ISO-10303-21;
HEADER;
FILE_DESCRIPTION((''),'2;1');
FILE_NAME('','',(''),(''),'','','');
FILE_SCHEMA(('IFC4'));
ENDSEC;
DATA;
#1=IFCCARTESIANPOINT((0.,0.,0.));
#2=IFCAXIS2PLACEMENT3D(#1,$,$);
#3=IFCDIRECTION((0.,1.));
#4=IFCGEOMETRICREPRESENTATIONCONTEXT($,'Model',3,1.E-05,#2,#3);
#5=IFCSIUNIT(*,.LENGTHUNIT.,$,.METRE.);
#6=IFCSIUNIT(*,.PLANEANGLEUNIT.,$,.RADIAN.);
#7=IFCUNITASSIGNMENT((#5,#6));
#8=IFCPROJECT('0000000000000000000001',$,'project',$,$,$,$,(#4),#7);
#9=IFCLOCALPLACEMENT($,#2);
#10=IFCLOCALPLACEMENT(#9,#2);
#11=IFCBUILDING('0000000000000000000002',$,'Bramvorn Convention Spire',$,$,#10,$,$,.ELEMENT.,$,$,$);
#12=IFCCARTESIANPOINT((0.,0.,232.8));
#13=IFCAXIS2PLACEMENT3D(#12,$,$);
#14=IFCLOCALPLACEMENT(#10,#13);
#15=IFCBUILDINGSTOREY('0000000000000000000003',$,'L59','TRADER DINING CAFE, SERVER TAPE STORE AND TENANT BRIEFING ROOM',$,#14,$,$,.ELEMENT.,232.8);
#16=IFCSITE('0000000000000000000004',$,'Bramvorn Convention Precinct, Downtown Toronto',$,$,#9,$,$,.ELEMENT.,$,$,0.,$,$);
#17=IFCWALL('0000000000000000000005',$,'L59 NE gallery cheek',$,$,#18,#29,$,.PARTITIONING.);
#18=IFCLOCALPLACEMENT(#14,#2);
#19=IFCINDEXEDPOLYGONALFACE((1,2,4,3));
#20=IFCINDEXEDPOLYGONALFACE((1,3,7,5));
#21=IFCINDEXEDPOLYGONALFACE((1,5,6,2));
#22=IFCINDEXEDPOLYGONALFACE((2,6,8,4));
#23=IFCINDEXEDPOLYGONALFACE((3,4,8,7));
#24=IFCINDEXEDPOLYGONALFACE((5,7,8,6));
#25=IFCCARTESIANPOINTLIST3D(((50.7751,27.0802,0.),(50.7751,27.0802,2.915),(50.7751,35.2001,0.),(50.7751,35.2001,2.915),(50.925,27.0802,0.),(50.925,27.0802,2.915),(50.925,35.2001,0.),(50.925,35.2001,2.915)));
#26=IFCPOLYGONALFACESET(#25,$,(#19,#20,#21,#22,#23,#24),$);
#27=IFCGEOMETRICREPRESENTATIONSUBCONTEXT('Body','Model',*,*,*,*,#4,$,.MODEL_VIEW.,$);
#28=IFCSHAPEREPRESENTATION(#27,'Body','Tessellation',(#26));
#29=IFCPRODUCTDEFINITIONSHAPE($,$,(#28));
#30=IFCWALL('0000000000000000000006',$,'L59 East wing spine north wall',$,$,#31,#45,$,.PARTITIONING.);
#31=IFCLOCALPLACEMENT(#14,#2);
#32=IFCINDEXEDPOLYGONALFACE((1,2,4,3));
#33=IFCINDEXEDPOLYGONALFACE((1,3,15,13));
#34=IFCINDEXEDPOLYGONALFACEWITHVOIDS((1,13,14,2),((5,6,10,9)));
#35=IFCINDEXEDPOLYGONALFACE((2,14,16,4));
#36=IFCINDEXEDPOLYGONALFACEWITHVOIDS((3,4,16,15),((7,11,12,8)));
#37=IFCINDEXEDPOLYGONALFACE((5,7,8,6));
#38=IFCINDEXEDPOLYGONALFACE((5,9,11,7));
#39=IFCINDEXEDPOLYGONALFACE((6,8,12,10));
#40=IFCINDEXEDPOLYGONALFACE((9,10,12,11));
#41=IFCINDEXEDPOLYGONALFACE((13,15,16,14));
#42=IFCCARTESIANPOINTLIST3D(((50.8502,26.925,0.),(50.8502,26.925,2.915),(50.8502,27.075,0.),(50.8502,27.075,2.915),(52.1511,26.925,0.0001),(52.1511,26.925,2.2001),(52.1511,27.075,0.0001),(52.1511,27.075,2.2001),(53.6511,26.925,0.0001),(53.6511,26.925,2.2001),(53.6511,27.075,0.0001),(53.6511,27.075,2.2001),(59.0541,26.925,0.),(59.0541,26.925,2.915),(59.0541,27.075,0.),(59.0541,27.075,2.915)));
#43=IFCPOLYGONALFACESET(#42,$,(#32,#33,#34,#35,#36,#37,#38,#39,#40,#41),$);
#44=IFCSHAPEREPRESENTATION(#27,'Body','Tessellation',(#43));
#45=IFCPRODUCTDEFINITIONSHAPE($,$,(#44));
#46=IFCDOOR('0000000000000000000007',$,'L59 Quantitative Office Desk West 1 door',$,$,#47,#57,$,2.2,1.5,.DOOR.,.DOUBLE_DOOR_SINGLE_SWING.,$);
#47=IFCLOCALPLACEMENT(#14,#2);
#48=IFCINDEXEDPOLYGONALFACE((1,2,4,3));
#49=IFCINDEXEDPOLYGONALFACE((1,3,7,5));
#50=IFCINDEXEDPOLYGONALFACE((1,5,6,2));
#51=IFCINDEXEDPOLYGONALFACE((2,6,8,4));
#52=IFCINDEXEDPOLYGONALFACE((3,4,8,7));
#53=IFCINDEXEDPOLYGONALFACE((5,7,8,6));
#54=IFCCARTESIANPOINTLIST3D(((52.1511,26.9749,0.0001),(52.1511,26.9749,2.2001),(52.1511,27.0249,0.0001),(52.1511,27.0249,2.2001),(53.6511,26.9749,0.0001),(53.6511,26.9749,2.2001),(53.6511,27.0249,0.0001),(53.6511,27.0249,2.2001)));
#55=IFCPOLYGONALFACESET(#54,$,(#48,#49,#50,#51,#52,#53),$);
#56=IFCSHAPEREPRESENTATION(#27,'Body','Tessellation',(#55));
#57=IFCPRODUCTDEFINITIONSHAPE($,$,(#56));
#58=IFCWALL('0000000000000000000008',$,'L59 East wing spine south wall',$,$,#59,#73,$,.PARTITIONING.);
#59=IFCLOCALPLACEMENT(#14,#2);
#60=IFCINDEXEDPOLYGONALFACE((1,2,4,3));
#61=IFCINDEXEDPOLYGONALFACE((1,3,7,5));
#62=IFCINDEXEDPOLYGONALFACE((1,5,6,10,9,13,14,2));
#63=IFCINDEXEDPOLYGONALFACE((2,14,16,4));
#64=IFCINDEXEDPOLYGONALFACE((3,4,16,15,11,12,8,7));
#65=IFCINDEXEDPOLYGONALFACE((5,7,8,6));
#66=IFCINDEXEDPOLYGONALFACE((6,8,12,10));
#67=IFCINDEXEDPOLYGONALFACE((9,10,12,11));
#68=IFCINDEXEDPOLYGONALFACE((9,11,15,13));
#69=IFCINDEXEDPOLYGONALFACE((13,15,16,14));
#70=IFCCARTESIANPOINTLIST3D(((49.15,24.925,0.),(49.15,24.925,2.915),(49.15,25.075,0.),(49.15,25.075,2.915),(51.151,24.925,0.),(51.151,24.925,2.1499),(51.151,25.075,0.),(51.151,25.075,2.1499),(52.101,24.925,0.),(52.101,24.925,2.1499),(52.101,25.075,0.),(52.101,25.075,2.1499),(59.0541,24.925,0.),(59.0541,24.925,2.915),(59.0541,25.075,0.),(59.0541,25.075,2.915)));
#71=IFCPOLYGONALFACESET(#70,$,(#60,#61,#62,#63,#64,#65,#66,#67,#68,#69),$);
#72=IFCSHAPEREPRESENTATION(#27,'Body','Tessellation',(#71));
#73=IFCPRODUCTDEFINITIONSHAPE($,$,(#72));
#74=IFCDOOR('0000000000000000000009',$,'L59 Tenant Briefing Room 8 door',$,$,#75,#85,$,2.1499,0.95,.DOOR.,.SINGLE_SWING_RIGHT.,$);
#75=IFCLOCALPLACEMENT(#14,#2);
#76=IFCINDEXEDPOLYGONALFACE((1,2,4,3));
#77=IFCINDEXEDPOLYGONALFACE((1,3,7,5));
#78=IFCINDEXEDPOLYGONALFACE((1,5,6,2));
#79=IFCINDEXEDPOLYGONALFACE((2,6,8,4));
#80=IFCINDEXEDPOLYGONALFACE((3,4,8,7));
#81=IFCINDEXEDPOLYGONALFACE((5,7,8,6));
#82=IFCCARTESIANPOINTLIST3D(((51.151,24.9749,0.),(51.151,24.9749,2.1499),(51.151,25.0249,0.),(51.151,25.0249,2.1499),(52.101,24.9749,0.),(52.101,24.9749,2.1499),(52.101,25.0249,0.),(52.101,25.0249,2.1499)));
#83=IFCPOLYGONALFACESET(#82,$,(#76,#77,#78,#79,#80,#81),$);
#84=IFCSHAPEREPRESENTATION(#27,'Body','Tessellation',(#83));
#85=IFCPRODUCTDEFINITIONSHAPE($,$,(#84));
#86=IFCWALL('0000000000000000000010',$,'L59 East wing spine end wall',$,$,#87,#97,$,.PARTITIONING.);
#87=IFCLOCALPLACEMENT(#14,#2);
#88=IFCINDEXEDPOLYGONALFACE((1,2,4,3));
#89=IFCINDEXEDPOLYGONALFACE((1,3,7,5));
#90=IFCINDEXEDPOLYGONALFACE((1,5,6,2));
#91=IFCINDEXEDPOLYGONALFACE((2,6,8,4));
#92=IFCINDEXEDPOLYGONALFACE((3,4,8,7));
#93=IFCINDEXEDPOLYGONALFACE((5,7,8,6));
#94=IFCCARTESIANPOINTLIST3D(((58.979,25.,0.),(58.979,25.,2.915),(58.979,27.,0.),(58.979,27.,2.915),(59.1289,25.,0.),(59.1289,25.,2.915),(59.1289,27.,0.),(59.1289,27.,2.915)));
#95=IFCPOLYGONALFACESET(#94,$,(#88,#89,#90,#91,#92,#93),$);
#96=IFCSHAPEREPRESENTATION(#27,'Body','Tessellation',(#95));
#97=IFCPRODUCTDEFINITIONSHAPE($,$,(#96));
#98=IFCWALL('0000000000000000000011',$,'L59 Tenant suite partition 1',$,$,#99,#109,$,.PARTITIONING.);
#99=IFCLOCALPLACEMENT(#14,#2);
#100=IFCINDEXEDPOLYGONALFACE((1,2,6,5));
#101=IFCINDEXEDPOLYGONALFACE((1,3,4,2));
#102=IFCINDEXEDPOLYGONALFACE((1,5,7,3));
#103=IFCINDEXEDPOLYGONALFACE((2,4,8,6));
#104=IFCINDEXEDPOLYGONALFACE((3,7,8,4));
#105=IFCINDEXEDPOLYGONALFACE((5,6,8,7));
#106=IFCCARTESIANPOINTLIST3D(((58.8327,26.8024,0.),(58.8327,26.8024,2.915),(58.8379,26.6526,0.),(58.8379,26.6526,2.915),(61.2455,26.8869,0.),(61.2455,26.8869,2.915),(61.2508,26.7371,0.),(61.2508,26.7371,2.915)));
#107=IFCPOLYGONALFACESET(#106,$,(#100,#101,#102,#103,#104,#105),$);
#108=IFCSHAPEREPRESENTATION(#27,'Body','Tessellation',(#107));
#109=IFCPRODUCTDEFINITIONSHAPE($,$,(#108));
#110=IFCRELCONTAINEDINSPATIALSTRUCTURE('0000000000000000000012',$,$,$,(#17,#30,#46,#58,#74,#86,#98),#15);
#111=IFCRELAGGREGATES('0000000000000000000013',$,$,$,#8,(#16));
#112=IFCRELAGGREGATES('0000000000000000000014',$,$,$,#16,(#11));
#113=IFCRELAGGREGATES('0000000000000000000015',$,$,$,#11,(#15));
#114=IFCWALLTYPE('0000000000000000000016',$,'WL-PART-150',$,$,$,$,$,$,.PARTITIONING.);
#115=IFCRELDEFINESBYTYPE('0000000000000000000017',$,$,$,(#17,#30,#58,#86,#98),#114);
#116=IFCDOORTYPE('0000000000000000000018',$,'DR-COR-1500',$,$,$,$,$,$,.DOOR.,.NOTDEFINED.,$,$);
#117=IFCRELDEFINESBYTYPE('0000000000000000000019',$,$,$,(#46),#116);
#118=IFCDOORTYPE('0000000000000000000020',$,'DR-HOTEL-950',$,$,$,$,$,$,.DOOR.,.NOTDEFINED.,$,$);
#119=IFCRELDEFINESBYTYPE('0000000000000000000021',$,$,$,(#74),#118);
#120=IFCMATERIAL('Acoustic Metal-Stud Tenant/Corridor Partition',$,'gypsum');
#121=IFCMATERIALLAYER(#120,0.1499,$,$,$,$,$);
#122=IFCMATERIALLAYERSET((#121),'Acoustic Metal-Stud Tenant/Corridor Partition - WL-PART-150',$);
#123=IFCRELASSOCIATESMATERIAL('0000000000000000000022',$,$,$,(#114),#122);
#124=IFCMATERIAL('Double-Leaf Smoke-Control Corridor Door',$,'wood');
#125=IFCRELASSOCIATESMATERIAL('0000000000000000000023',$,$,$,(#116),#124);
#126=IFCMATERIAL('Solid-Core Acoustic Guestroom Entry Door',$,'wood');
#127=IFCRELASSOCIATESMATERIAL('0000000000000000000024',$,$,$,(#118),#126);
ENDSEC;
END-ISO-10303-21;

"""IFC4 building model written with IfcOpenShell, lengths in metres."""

from ifc_helpers import new_model, si_unit, direction, frame, frame_2d, origin, place, context, subcontext, project, spatial, rectangle, extrude, material, layer, layer_set, type_object, element, fill, save


model = new_model("IFC4")

# Units and contexts
model_context = context("Model", 3, precision=1e-05, world=origin(), true_north=direction((0.0, 1.0)))
body_context = subcontext(model_context, "Body", "Model", "MODEL_VIEW")
ifc_project = project(units=[si_unit("LENGTHUNIT", "METRE"), si_unit("PLANEANGLEUNIT", "RADIAN")], contexts=[model_context])

# Site, building, storey
site_placement = place(None, origin())
site = spatial("IfcSite", under=ifc_project, at=site_placement, Name="Bramvorn Convention Precinct, Downtown Toronto", CompositionType="ELEMENT", RefElevation=0.0)
building_placement = place(site_placement, origin())
building = spatial("IfcBuilding", under=site, at=building_placement, Name="Bramvorn Convention Spire", CompositionType="ELEMENT")
storey_placement = place(building_placement, frame((0.0, 0.0, 232.8)))
storey = spatial("IfcBuildingStorey", under=building, at=storey_placement, Name="L59", Description="TRADER DINING CAFE, SERVER TAPE STORE AND TENANT BRIEFING ROOM", CompositionType="ELEMENT", Elevation=232.8)

# Wall
ifc_material_1 = material(Name="Acoustic Metal-Stud Tenant/Corridor Partition", Category="gypsum")
ifc_layer_1 = layer(ifc_material_1, 0.1499)
ifc_layer_set_1 = layer_set([ifc_layer_1], Name="Acoustic Metal-Stud Tenant/Corridor Partition - WL-PART-150")
wall_type = type_object("IfcWallType", Name="WL-PART-150", PredefinedType="PARTITIONING", material=ifc_layer_set_1)
wall_1_placement = place(storey_placement, frame((50.8501, 27.0801, 0.0), z_axis=(0.0, 0.0, 1.0), x_axis=(0.0, 1.0, 0.0)))
element("IfcWall", 1, at=wall_1_placement, inside=storey, type_object=wall_type, Name="L59 NE gallery cheek", PredefinedType="PARTITIONING", context=body_context, shape_type="SweptSolid", body=[
    extrude(rectangle(XDim=8.1199, YDim=0.1499, at=frame_2d((4.0601, 0.0))), origin(), (0.0, 0.0, 1.0), 2.915),
])

# Walls, openings, doors
wall_2_placement = place(storey_placement, frame((50.8501, 27.0, 0.0), z_axis=(0.0, 0.0, 1.0), x_axis=(1.0, 0.0, 0.0)))
wall_2 = element("IfcWall", 2, at=wall_2_placement, inside=storey, type_object=wall_type, Name="L59 East wing spine north wall", PredefinedType="PARTITIONING", context=body_context, shape_type="SweptSolid", body=[
    extrude(rectangle(XDim=8.2039, YDim=0.1499, at=frame_2d((4.1021, 0.0))), origin(), (0.0, 0.0, 1.0), 2.915),
])
opening_1_placement = place(wall_2_placement, frame((1.301, 0.0, 0.0)))
opening_1 = element("IfcOpeningElement", 3, at=opening_1_placement, cuts=wall_2, PredefinedType="OPENING", context=body_context, shape_type="SweptSolid", body=[
    extrude(rectangle(XDim=1.5, YDim=2.2, at=frame_2d((0.75, 1.1001))), frame((0.0, 0.085, 0.0), z_axis=(0.0, -1.0, 0.0), x_axis=(1.0, 0.0, 0.0)), (0.0, 0.0, 1.0), 0.1699),
])
ifc_material_2 = material(Name="Double-Leaf Smoke-Control Corridor Door", Category="wood")
door_type_1 = type_object("IfcDoorType", Name="DR-COR-1500", OperationType="NOTDEFINED", PredefinedType="DOOR", material=ifc_material_2)
door_1_placement = place(opening_1_placement, origin())
door_1 = element("IfcDoor", 4, at=door_1_placement, inside=storey, type_object=door_type_1, Name="L59 Quantitative Office Desk West 1 door", OperationType="DOUBLE_DOOR_SINGLE_SWING", OverallHeight=2.2, OverallWidth=1.5, PredefinedType="DOOR", context=body_context, shape_type="SweptSolid", body=[
    extrude(rectangle(XDim=1.5, YDim=2.2, at=frame_2d((0.75, 1.1001))), frame((0.0, 0.0249, 0.0), z_axis=(0.0, -1.0, 0.0), x_axis=(1.0, 0.0, 0.0)), (0.0, 0.0, 1.0), 0.05),
])
fill(opening_1, door_1)
wall_3_placement = place(storey_placement, frame((49.1499, 25.0, 0.0), z_axis=(0.0, 0.0, 1.0), x_axis=(1.0, 0.0, 0.0)))
wall_3 = element("IfcWall", 5, at=wall_3_placement, inside=storey, type_object=wall_type, Name="L59 East wing spine south wall", PredefinedType="PARTITIONING", context=body_context, shape_type="SweptSolid", body=[
    extrude(rectangle(XDim=9.9041, YDim=0.1499, at=frame_2d((4.9521, 0.0))), origin(), (0.0, 0.0, 1.0), 2.915),
])
opening_2_placement = place(wall_3_placement, frame((2.001, 0.0, 0.0)))
opening_2 = element("IfcOpeningElement", 6, at=opening_2_placement, cuts=wall_3, PredefinedType="OPENING", context=body_context, shape_type="SweptSolid", body=[
    extrude(rectangle(XDim=0.95, YDim=2.1499, at=frame_2d((0.4751, 1.075))), frame((0.0, 0.085, 0.0), z_axis=(0.0, -1.0, 0.0), x_axis=(1.0, 0.0, 0.0)), (0.0, 0.0, 1.0), 0.1699),
])
ifc_material_3 = material(Name="Solid-Core Acoustic Guestroom Entry Door", Category="wood")
door_type_2 = type_object("IfcDoorType", Name="DR-HOTEL-950", OperationType="NOTDEFINED", PredefinedType="DOOR", material=ifc_material_3)
door_2_placement = place(opening_2_placement, origin())
door_2 = element("IfcDoor", 7, at=door_2_placement, inside=storey, type_object=door_type_2, Name="L59 Tenant Briefing Room 8 door", OperationType="SINGLE_SWING_RIGHT", OverallHeight=2.1499, OverallWidth=0.95, PredefinedType="DOOR", context=body_context, shape_type="SweptSolid", body=[
    extrude(rectangle(XDim=0.95, YDim=2.1499, at=frame_2d((0.4751, 1.075))), frame((0.0, 0.0249, 0.0), z_axis=(0.0, -1.0, 0.0), x_axis=(1.0, 0.0, 0.0)), (0.0, 0.0, 1.0), 0.05),
])
fill(opening_2, door_2)

# Walls
wall_4_placement = place(storey_placement, frame((59.054, 25.0, 0.0), z_axis=(0.0, 0.0, 1.0), x_axis=(0.0, 1.0, 0.0)))
element("IfcWall", 8, at=wall_4_placement, inside=storey, type_object=wall_type, Name="L59 East wing spine end wall", PredefinedType="PARTITIONING", context=body_context, shape_type="SweptSolid", body=[
    extrude(rectangle(XDim=2.0, YDim=0.1499, at=frame_2d((1.0, 0.0))), origin(), (0.0, 0.0, 1.0), 2.915),
])
wall_5_placement = place(storey_placement, frame((58.8354, 26.7275, 0.0), z_axis=(0.0, 0.0, 1.0), x_axis=(0.999388, 0.034988, 0.0)))
element("IfcWall", 9, at=wall_5_placement, inside=storey, type_object=wall_type, Name="L59 Tenant suite partition 1", PredefinedType="PARTITIONING", context=body_context, shape_type="SweptSolid", body=[
    extrude(rectangle(XDim=2.4143, YDim=0.1499, at=frame_2d((1.207, 0.0))), origin(), (0.0, 0.0, 1.0), 2.915),
])

save(model, "model.ifc")
